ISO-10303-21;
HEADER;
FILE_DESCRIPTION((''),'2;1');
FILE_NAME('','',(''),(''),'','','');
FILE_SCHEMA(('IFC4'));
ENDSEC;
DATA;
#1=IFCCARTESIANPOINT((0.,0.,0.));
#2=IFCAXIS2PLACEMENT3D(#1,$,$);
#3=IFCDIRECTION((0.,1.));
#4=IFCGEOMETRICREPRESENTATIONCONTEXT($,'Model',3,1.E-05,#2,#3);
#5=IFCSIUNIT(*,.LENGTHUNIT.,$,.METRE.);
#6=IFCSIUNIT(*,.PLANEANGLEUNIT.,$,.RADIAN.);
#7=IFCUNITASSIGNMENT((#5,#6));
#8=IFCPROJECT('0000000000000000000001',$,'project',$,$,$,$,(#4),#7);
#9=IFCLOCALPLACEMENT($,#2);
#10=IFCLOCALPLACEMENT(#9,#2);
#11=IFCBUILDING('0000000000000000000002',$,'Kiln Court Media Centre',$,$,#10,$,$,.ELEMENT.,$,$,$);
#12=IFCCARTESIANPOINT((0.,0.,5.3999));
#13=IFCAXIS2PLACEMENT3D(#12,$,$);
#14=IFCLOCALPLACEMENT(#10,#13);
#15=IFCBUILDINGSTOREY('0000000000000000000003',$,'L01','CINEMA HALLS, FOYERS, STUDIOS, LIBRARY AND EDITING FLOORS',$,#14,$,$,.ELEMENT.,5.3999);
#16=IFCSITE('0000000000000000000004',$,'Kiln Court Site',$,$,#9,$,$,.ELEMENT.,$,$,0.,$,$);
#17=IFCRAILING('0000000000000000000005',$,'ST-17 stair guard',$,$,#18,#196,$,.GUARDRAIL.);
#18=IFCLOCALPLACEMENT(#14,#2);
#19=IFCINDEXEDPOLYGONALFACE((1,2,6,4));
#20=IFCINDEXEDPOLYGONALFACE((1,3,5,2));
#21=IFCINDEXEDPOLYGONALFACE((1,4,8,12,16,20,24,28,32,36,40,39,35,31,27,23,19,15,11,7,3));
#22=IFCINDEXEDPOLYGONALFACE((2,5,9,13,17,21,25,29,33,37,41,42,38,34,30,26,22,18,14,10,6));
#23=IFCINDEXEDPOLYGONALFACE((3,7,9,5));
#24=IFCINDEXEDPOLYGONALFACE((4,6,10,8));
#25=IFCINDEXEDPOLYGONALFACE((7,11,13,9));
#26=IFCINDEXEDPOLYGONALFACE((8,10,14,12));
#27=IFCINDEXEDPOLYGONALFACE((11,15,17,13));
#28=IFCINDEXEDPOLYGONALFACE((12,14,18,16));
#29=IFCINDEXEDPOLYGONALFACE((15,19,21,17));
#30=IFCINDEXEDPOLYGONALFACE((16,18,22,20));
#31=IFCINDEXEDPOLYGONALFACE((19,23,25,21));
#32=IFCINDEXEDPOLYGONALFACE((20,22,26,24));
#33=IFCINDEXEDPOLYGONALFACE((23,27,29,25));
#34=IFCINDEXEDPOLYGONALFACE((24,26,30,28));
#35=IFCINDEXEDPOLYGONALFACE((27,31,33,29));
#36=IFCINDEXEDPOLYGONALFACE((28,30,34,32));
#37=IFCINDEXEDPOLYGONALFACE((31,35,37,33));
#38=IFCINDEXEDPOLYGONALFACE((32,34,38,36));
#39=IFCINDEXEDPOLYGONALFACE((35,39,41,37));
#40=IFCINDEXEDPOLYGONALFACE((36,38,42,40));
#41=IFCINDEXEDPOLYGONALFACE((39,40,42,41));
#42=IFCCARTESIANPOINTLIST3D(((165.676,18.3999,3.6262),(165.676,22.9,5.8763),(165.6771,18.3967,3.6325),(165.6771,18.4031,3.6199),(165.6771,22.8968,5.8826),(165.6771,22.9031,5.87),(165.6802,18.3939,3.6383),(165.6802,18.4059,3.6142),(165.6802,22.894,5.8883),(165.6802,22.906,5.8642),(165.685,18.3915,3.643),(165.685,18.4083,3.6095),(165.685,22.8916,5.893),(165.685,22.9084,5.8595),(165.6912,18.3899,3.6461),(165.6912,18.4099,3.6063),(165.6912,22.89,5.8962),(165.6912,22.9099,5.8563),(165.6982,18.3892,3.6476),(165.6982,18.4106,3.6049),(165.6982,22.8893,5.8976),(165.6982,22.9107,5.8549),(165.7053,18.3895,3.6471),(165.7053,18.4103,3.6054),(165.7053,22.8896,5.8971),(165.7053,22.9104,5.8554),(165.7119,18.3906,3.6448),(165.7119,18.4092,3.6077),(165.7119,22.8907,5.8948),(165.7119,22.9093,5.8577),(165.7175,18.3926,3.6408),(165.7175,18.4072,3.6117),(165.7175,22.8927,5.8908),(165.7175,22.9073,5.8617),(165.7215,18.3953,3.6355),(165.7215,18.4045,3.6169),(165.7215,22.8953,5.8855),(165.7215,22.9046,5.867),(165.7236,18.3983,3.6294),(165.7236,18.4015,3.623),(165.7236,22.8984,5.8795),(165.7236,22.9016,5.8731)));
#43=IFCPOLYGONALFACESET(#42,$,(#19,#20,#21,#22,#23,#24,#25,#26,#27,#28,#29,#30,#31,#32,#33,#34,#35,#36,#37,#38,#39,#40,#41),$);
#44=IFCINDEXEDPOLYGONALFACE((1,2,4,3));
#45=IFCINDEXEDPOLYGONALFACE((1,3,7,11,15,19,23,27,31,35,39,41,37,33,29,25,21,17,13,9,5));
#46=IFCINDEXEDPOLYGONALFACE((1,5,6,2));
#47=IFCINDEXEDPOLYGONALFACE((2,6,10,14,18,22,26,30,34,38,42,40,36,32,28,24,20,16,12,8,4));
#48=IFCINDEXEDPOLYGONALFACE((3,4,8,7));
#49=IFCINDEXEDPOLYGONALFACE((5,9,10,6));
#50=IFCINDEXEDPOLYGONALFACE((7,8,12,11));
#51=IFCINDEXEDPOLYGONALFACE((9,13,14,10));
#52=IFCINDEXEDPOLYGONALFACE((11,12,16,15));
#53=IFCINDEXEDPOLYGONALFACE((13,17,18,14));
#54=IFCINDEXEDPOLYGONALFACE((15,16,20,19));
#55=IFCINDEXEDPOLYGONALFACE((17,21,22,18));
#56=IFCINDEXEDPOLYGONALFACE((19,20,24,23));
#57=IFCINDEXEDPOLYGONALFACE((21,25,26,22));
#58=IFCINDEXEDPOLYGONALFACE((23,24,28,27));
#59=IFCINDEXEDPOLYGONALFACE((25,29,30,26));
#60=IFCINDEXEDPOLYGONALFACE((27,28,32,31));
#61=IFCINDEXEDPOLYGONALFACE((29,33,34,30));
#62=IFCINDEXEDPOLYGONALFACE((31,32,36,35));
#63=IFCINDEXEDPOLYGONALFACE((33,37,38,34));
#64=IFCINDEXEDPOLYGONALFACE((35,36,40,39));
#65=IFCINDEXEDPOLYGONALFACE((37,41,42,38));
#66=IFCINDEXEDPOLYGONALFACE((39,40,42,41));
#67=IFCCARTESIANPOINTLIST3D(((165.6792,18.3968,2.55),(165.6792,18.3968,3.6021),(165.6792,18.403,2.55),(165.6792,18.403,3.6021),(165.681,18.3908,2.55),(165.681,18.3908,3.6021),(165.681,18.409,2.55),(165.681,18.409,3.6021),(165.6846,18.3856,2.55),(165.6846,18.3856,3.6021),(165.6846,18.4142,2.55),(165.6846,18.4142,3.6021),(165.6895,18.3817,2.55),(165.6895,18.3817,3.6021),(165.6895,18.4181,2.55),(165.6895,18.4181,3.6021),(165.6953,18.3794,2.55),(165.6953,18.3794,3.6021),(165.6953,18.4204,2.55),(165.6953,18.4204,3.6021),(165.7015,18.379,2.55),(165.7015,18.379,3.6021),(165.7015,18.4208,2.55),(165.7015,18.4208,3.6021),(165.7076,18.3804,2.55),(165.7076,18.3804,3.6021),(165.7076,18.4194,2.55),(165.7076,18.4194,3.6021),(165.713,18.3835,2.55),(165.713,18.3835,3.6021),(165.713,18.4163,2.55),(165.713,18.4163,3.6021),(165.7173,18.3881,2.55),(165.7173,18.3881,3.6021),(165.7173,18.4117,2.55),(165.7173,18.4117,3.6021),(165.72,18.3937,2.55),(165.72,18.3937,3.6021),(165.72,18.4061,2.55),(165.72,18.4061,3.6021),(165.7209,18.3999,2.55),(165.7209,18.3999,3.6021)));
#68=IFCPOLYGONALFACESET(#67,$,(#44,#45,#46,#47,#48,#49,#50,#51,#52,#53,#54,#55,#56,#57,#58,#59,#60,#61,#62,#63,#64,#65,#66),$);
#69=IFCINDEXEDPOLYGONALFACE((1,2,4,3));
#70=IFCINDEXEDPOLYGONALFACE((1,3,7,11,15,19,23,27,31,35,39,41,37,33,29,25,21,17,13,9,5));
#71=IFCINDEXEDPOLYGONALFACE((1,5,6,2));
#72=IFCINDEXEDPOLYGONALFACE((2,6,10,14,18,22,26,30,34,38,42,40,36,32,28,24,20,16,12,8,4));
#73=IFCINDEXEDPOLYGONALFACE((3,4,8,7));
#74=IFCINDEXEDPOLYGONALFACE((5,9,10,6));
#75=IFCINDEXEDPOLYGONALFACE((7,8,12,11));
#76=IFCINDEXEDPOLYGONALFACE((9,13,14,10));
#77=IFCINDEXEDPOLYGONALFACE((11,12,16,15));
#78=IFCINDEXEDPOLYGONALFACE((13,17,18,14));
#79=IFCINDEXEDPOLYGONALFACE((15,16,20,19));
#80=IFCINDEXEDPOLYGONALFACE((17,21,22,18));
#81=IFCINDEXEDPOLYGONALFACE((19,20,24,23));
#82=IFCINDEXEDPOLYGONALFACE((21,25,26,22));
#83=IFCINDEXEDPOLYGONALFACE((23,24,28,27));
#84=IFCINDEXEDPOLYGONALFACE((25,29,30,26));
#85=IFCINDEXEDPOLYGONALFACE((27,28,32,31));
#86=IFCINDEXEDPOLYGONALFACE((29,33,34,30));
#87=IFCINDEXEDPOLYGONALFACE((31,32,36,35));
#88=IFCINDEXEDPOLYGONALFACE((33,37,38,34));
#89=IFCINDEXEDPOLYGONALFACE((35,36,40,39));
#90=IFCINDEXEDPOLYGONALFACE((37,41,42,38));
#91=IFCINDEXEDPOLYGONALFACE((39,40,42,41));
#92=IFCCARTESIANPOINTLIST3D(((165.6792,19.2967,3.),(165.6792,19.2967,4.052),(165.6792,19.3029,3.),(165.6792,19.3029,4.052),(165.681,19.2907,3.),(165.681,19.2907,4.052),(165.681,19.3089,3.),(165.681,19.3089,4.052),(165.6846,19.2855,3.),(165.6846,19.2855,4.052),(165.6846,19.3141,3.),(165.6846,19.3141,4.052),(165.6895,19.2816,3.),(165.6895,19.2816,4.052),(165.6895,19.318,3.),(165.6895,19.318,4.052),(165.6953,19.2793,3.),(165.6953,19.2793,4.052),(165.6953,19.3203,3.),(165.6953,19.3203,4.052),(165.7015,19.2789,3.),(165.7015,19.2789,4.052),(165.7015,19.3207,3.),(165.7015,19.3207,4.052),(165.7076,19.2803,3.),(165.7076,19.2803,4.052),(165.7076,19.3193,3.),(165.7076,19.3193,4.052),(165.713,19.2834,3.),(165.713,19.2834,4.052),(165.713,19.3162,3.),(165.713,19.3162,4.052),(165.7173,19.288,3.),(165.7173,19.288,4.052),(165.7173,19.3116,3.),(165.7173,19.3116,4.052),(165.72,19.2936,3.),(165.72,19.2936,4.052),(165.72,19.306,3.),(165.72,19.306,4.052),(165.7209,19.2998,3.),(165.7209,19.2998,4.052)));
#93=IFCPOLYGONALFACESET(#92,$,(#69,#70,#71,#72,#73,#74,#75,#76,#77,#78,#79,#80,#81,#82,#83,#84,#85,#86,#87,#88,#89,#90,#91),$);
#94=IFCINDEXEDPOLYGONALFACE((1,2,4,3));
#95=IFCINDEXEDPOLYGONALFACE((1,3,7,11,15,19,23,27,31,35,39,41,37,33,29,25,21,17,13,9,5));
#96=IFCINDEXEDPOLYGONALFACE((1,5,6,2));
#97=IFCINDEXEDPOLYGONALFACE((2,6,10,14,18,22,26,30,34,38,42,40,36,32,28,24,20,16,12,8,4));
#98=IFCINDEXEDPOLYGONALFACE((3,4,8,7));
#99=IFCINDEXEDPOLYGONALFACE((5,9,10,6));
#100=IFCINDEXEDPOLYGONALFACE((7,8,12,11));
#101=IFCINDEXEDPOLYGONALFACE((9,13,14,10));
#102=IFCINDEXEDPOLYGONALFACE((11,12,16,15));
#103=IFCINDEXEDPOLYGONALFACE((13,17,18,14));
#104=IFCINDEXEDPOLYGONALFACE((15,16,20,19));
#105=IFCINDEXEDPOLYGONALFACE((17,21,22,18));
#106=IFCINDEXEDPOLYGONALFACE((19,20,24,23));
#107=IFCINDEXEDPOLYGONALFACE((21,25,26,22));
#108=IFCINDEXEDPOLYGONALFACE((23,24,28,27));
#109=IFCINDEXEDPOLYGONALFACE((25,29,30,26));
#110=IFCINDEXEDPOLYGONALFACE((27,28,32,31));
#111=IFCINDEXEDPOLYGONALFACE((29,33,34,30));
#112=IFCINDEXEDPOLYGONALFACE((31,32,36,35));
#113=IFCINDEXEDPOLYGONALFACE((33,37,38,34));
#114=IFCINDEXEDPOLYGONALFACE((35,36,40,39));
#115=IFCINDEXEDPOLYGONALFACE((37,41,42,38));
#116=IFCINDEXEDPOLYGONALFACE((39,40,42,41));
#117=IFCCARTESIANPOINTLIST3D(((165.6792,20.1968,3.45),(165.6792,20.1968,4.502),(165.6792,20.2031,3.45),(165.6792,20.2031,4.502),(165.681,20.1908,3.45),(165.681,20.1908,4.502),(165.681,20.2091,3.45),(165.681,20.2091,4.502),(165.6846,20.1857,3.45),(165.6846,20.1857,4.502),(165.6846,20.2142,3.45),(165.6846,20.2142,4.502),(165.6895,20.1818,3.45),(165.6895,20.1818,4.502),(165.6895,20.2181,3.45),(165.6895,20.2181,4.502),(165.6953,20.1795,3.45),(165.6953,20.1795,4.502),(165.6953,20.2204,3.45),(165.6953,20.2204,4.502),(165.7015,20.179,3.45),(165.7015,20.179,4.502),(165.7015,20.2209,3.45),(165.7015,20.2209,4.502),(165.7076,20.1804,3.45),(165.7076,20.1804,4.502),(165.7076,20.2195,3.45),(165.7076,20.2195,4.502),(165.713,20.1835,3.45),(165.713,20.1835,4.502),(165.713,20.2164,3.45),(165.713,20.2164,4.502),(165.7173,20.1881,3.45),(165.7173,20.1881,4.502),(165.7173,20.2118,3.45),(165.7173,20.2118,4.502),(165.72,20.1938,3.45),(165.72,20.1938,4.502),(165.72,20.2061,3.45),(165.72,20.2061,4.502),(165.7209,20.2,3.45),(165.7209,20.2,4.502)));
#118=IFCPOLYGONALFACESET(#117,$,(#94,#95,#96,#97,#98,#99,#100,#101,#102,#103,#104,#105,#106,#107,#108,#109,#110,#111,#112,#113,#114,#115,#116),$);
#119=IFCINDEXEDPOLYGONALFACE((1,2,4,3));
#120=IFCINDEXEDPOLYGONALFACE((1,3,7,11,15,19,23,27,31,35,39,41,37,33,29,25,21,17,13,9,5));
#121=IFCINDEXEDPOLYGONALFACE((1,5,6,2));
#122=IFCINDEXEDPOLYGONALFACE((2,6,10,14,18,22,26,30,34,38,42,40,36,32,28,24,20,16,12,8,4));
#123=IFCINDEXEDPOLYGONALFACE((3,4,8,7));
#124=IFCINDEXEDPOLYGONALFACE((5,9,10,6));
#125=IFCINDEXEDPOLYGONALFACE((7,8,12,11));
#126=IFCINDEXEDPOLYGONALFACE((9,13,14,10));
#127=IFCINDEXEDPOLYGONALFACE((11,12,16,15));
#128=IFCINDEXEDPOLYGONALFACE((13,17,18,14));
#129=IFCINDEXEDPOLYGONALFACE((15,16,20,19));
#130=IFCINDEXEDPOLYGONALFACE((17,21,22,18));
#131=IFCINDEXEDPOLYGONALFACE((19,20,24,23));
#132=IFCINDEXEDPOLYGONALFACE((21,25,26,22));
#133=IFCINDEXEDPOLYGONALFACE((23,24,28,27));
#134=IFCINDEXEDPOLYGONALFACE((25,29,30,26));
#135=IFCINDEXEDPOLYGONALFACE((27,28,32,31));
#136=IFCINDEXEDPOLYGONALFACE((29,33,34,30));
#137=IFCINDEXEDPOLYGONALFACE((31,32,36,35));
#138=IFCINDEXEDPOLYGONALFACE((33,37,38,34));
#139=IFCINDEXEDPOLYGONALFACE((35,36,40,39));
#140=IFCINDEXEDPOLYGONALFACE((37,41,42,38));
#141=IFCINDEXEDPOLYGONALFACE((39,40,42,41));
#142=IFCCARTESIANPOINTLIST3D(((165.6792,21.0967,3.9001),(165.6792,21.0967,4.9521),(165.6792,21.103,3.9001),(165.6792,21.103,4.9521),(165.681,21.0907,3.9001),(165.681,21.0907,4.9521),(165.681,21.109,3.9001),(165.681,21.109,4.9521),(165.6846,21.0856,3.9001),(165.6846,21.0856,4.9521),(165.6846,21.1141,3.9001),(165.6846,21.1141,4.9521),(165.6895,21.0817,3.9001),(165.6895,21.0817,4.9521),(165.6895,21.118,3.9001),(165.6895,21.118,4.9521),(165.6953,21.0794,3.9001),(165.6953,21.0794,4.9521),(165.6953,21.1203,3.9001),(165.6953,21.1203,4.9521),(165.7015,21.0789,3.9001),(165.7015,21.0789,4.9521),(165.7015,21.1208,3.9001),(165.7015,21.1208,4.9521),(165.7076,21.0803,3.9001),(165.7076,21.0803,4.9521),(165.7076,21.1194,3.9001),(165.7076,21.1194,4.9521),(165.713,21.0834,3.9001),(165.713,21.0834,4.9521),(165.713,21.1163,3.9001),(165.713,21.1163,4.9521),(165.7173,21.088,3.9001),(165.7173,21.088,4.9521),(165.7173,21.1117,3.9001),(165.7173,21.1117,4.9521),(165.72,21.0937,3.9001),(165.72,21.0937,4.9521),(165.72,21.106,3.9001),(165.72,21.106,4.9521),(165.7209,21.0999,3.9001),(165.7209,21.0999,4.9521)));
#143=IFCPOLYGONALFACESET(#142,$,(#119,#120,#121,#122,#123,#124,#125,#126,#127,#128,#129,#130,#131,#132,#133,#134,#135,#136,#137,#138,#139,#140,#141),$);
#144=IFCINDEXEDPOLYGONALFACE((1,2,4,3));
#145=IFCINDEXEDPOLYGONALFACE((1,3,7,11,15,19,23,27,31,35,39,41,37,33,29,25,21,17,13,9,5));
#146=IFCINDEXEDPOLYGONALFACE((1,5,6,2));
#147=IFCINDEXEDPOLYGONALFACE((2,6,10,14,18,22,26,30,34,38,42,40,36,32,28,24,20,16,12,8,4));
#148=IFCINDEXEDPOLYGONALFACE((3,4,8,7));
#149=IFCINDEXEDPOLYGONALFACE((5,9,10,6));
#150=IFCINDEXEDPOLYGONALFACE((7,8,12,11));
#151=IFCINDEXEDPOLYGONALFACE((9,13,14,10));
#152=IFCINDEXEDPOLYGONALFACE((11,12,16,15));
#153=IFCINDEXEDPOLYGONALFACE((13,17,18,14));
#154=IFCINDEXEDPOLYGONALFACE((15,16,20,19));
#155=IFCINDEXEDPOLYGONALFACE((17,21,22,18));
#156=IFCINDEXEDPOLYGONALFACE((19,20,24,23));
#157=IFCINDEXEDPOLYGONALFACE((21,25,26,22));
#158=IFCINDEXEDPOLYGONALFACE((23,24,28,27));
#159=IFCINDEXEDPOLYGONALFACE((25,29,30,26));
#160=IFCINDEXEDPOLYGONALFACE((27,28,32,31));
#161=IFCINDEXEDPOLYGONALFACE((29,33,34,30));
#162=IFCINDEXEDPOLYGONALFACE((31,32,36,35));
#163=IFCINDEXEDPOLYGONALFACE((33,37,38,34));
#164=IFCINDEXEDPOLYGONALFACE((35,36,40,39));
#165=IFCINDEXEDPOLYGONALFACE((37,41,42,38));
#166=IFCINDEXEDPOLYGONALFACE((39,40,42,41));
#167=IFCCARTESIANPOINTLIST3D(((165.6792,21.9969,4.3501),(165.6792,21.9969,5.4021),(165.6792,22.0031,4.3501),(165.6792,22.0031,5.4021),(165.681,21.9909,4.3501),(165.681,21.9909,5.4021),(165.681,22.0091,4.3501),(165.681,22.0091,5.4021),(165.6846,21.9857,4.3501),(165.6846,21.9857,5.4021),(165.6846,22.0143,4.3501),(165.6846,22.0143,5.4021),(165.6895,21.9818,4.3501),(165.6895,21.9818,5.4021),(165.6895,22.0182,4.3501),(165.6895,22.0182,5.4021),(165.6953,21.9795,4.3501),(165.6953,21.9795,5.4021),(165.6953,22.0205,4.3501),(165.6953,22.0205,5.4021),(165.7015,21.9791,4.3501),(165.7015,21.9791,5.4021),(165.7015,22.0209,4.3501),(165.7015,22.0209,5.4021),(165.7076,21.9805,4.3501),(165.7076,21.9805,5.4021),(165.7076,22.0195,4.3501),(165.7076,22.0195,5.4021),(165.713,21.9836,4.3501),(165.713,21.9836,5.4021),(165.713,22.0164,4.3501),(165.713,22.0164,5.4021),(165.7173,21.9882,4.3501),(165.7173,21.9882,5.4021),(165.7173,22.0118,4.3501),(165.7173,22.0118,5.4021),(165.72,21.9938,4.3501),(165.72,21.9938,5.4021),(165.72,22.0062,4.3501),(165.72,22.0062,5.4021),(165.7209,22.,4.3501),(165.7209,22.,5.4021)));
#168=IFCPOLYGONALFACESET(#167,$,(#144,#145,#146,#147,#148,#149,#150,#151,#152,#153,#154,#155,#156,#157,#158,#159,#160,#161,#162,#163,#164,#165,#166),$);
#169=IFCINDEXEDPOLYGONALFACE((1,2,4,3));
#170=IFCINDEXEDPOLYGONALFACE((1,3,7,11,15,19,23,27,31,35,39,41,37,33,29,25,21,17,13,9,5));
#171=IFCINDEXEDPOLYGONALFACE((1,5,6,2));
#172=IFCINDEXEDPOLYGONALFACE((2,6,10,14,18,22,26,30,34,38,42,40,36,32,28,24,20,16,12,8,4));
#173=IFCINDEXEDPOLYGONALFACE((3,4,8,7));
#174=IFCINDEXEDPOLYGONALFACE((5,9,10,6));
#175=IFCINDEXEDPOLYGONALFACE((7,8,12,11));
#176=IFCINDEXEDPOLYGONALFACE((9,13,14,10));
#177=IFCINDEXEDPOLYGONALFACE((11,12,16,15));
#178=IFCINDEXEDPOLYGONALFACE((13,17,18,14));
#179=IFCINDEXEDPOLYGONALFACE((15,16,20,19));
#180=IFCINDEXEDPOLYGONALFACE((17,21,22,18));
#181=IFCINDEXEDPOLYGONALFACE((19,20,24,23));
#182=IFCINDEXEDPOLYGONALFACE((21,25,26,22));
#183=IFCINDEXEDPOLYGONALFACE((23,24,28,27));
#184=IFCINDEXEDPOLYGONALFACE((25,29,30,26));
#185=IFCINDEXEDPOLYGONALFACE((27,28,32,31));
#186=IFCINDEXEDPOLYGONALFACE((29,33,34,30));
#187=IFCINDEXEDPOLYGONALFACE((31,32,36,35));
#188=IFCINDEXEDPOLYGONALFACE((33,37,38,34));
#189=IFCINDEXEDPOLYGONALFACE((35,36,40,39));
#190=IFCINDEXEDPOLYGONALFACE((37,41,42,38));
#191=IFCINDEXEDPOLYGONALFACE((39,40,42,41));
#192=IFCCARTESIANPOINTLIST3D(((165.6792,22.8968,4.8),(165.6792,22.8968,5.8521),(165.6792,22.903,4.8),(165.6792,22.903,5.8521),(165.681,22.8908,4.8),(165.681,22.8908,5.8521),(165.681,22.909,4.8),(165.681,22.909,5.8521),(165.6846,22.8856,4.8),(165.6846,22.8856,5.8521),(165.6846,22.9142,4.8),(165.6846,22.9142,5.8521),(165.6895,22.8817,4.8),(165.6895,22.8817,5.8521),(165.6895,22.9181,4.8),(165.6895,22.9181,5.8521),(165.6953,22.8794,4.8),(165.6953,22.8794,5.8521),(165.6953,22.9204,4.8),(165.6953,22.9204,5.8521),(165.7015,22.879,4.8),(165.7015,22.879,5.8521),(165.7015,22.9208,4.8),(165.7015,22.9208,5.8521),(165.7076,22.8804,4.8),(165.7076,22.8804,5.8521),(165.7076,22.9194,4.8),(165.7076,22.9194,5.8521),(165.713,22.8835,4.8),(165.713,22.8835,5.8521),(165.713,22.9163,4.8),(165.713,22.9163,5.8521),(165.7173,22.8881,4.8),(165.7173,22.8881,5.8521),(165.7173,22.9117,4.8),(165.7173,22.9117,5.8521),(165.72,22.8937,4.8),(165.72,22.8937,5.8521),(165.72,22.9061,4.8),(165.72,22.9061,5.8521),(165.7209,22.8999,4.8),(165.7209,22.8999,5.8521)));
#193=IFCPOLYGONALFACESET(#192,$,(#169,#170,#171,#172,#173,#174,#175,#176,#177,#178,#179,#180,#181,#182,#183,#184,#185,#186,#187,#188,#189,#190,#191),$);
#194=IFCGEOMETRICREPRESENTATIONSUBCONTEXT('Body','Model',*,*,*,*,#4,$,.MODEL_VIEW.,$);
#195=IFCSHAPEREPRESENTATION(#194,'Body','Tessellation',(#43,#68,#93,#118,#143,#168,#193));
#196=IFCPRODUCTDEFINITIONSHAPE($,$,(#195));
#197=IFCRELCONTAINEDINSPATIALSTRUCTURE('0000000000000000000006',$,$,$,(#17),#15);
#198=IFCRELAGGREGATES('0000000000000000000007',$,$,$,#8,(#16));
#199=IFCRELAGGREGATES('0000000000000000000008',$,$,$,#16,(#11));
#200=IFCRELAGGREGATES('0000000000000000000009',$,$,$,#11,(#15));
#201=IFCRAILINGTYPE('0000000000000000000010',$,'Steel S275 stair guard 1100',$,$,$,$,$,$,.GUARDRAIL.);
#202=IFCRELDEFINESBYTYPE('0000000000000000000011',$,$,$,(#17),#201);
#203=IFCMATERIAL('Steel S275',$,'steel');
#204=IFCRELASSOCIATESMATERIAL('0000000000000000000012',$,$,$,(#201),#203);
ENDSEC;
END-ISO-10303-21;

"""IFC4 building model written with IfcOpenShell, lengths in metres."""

from ifc_helpers import new_model, si_unit, direction, frame, origin, origin_2d, place, context, subcontext, project, spatial, circle, extrude, material, type_object, element, save


model = new_model("IFC4")

# Units and contexts
model_context = context("Model", 3, precision=1e-05, world=origin(), true_north=direction((0.0, 1.0)))
body_context = subcontext(model_context, "Body", "Model", "MODEL_VIEW")
ifc_project = project(units=[si_unit("LENGTHUNIT", "METRE"), si_unit("PLANEANGLEUNIT", "RADIAN")], contexts=[model_context])

# Site, building, storey
site_placement = place(None, origin())
site = spatial("IfcSite", under=ifc_project, at=site_placement, Name="Kiln Court Site", CompositionType="ELEMENT", RefElevation=0.0)
building_placement = place(site_placement, origin())
building = spatial("IfcBuilding", under=site, at=building_placement, Name="Kiln Court Media Centre", CompositionType="ELEMENT")
storey_placement = place(building_placement, frame((0.0, 0.0, 5.3999)))
storey = spatial("IfcBuildingStorey", under=building, at=storey_placement, Name="L01", Description="CINEMA HALLS, FOYERS, STUDIOS, LIBRARY AND EDITING FLOORS", CompositionType="ELEMENT", Elevation=5.3999)

# Railing
ifc_material_1 = material(Name="Steel S275", Category="steel")
railing_type_1 = type_object("IfcRailingType", Name="Steel S275 stair guard 1100", PredefinedType="GUARDRAIL", material=ifc_material_1)
railing_1_placement = place(storey_placement, frame((165.7, 18.3999, 2.55)))
element("IfcRailing", 1, at=railing_1_placement, inside=storey, type_object=railing_type_1, Name="ST-17 stair guard", PredefinedType="GUARDRAIL", context=body_context, shape_type="SweptSolid", body=[
    extrude(circle(Radius=0.0239, at=origin_2d()), frame((0.0, 0.0, 1.0762), z_axis=(0.0, 0.894427, 0.447214), x_axis=(-1.0, 0.0, 0.0)), (0.0, 0.0, 1.0), 5.0312),
    extrude(circle(Radius=0.021, at=origin_2d()), origin(), (0.0, 0.0, 1.0), 1.052),
    extrude(circle(Radius=0.021, at=origin_2d()), frame((0.0, 0.8999, 0.45)), (0.0, 0.0, 1.0), 1.052),
    extrude(circle(Radius=0.021, at=origin_2d()), frame((0.0, 1.8, 0.8999)), (0.0, 0.0, 1.0), 1.052),
    extrude(circle(Radius=0.021, at=origin_2d()), frame((0.0, 2.7, 1.3501)), (0.0, 0.0, 1.0), 1.052),
    extrude(circle(Radius=0.021, at=origin_2d()), frame((0.0, 3.6001, 1.8)), (0.0, 0.0, 1.0), 1.052),
    extrude(circle(Radius=0.021, at=origin_2d()), frame((0.0, 4.5, 2.25)), (0.0, 0.0, 1.0), 1.052),
])

save(model, "model.ifc")
